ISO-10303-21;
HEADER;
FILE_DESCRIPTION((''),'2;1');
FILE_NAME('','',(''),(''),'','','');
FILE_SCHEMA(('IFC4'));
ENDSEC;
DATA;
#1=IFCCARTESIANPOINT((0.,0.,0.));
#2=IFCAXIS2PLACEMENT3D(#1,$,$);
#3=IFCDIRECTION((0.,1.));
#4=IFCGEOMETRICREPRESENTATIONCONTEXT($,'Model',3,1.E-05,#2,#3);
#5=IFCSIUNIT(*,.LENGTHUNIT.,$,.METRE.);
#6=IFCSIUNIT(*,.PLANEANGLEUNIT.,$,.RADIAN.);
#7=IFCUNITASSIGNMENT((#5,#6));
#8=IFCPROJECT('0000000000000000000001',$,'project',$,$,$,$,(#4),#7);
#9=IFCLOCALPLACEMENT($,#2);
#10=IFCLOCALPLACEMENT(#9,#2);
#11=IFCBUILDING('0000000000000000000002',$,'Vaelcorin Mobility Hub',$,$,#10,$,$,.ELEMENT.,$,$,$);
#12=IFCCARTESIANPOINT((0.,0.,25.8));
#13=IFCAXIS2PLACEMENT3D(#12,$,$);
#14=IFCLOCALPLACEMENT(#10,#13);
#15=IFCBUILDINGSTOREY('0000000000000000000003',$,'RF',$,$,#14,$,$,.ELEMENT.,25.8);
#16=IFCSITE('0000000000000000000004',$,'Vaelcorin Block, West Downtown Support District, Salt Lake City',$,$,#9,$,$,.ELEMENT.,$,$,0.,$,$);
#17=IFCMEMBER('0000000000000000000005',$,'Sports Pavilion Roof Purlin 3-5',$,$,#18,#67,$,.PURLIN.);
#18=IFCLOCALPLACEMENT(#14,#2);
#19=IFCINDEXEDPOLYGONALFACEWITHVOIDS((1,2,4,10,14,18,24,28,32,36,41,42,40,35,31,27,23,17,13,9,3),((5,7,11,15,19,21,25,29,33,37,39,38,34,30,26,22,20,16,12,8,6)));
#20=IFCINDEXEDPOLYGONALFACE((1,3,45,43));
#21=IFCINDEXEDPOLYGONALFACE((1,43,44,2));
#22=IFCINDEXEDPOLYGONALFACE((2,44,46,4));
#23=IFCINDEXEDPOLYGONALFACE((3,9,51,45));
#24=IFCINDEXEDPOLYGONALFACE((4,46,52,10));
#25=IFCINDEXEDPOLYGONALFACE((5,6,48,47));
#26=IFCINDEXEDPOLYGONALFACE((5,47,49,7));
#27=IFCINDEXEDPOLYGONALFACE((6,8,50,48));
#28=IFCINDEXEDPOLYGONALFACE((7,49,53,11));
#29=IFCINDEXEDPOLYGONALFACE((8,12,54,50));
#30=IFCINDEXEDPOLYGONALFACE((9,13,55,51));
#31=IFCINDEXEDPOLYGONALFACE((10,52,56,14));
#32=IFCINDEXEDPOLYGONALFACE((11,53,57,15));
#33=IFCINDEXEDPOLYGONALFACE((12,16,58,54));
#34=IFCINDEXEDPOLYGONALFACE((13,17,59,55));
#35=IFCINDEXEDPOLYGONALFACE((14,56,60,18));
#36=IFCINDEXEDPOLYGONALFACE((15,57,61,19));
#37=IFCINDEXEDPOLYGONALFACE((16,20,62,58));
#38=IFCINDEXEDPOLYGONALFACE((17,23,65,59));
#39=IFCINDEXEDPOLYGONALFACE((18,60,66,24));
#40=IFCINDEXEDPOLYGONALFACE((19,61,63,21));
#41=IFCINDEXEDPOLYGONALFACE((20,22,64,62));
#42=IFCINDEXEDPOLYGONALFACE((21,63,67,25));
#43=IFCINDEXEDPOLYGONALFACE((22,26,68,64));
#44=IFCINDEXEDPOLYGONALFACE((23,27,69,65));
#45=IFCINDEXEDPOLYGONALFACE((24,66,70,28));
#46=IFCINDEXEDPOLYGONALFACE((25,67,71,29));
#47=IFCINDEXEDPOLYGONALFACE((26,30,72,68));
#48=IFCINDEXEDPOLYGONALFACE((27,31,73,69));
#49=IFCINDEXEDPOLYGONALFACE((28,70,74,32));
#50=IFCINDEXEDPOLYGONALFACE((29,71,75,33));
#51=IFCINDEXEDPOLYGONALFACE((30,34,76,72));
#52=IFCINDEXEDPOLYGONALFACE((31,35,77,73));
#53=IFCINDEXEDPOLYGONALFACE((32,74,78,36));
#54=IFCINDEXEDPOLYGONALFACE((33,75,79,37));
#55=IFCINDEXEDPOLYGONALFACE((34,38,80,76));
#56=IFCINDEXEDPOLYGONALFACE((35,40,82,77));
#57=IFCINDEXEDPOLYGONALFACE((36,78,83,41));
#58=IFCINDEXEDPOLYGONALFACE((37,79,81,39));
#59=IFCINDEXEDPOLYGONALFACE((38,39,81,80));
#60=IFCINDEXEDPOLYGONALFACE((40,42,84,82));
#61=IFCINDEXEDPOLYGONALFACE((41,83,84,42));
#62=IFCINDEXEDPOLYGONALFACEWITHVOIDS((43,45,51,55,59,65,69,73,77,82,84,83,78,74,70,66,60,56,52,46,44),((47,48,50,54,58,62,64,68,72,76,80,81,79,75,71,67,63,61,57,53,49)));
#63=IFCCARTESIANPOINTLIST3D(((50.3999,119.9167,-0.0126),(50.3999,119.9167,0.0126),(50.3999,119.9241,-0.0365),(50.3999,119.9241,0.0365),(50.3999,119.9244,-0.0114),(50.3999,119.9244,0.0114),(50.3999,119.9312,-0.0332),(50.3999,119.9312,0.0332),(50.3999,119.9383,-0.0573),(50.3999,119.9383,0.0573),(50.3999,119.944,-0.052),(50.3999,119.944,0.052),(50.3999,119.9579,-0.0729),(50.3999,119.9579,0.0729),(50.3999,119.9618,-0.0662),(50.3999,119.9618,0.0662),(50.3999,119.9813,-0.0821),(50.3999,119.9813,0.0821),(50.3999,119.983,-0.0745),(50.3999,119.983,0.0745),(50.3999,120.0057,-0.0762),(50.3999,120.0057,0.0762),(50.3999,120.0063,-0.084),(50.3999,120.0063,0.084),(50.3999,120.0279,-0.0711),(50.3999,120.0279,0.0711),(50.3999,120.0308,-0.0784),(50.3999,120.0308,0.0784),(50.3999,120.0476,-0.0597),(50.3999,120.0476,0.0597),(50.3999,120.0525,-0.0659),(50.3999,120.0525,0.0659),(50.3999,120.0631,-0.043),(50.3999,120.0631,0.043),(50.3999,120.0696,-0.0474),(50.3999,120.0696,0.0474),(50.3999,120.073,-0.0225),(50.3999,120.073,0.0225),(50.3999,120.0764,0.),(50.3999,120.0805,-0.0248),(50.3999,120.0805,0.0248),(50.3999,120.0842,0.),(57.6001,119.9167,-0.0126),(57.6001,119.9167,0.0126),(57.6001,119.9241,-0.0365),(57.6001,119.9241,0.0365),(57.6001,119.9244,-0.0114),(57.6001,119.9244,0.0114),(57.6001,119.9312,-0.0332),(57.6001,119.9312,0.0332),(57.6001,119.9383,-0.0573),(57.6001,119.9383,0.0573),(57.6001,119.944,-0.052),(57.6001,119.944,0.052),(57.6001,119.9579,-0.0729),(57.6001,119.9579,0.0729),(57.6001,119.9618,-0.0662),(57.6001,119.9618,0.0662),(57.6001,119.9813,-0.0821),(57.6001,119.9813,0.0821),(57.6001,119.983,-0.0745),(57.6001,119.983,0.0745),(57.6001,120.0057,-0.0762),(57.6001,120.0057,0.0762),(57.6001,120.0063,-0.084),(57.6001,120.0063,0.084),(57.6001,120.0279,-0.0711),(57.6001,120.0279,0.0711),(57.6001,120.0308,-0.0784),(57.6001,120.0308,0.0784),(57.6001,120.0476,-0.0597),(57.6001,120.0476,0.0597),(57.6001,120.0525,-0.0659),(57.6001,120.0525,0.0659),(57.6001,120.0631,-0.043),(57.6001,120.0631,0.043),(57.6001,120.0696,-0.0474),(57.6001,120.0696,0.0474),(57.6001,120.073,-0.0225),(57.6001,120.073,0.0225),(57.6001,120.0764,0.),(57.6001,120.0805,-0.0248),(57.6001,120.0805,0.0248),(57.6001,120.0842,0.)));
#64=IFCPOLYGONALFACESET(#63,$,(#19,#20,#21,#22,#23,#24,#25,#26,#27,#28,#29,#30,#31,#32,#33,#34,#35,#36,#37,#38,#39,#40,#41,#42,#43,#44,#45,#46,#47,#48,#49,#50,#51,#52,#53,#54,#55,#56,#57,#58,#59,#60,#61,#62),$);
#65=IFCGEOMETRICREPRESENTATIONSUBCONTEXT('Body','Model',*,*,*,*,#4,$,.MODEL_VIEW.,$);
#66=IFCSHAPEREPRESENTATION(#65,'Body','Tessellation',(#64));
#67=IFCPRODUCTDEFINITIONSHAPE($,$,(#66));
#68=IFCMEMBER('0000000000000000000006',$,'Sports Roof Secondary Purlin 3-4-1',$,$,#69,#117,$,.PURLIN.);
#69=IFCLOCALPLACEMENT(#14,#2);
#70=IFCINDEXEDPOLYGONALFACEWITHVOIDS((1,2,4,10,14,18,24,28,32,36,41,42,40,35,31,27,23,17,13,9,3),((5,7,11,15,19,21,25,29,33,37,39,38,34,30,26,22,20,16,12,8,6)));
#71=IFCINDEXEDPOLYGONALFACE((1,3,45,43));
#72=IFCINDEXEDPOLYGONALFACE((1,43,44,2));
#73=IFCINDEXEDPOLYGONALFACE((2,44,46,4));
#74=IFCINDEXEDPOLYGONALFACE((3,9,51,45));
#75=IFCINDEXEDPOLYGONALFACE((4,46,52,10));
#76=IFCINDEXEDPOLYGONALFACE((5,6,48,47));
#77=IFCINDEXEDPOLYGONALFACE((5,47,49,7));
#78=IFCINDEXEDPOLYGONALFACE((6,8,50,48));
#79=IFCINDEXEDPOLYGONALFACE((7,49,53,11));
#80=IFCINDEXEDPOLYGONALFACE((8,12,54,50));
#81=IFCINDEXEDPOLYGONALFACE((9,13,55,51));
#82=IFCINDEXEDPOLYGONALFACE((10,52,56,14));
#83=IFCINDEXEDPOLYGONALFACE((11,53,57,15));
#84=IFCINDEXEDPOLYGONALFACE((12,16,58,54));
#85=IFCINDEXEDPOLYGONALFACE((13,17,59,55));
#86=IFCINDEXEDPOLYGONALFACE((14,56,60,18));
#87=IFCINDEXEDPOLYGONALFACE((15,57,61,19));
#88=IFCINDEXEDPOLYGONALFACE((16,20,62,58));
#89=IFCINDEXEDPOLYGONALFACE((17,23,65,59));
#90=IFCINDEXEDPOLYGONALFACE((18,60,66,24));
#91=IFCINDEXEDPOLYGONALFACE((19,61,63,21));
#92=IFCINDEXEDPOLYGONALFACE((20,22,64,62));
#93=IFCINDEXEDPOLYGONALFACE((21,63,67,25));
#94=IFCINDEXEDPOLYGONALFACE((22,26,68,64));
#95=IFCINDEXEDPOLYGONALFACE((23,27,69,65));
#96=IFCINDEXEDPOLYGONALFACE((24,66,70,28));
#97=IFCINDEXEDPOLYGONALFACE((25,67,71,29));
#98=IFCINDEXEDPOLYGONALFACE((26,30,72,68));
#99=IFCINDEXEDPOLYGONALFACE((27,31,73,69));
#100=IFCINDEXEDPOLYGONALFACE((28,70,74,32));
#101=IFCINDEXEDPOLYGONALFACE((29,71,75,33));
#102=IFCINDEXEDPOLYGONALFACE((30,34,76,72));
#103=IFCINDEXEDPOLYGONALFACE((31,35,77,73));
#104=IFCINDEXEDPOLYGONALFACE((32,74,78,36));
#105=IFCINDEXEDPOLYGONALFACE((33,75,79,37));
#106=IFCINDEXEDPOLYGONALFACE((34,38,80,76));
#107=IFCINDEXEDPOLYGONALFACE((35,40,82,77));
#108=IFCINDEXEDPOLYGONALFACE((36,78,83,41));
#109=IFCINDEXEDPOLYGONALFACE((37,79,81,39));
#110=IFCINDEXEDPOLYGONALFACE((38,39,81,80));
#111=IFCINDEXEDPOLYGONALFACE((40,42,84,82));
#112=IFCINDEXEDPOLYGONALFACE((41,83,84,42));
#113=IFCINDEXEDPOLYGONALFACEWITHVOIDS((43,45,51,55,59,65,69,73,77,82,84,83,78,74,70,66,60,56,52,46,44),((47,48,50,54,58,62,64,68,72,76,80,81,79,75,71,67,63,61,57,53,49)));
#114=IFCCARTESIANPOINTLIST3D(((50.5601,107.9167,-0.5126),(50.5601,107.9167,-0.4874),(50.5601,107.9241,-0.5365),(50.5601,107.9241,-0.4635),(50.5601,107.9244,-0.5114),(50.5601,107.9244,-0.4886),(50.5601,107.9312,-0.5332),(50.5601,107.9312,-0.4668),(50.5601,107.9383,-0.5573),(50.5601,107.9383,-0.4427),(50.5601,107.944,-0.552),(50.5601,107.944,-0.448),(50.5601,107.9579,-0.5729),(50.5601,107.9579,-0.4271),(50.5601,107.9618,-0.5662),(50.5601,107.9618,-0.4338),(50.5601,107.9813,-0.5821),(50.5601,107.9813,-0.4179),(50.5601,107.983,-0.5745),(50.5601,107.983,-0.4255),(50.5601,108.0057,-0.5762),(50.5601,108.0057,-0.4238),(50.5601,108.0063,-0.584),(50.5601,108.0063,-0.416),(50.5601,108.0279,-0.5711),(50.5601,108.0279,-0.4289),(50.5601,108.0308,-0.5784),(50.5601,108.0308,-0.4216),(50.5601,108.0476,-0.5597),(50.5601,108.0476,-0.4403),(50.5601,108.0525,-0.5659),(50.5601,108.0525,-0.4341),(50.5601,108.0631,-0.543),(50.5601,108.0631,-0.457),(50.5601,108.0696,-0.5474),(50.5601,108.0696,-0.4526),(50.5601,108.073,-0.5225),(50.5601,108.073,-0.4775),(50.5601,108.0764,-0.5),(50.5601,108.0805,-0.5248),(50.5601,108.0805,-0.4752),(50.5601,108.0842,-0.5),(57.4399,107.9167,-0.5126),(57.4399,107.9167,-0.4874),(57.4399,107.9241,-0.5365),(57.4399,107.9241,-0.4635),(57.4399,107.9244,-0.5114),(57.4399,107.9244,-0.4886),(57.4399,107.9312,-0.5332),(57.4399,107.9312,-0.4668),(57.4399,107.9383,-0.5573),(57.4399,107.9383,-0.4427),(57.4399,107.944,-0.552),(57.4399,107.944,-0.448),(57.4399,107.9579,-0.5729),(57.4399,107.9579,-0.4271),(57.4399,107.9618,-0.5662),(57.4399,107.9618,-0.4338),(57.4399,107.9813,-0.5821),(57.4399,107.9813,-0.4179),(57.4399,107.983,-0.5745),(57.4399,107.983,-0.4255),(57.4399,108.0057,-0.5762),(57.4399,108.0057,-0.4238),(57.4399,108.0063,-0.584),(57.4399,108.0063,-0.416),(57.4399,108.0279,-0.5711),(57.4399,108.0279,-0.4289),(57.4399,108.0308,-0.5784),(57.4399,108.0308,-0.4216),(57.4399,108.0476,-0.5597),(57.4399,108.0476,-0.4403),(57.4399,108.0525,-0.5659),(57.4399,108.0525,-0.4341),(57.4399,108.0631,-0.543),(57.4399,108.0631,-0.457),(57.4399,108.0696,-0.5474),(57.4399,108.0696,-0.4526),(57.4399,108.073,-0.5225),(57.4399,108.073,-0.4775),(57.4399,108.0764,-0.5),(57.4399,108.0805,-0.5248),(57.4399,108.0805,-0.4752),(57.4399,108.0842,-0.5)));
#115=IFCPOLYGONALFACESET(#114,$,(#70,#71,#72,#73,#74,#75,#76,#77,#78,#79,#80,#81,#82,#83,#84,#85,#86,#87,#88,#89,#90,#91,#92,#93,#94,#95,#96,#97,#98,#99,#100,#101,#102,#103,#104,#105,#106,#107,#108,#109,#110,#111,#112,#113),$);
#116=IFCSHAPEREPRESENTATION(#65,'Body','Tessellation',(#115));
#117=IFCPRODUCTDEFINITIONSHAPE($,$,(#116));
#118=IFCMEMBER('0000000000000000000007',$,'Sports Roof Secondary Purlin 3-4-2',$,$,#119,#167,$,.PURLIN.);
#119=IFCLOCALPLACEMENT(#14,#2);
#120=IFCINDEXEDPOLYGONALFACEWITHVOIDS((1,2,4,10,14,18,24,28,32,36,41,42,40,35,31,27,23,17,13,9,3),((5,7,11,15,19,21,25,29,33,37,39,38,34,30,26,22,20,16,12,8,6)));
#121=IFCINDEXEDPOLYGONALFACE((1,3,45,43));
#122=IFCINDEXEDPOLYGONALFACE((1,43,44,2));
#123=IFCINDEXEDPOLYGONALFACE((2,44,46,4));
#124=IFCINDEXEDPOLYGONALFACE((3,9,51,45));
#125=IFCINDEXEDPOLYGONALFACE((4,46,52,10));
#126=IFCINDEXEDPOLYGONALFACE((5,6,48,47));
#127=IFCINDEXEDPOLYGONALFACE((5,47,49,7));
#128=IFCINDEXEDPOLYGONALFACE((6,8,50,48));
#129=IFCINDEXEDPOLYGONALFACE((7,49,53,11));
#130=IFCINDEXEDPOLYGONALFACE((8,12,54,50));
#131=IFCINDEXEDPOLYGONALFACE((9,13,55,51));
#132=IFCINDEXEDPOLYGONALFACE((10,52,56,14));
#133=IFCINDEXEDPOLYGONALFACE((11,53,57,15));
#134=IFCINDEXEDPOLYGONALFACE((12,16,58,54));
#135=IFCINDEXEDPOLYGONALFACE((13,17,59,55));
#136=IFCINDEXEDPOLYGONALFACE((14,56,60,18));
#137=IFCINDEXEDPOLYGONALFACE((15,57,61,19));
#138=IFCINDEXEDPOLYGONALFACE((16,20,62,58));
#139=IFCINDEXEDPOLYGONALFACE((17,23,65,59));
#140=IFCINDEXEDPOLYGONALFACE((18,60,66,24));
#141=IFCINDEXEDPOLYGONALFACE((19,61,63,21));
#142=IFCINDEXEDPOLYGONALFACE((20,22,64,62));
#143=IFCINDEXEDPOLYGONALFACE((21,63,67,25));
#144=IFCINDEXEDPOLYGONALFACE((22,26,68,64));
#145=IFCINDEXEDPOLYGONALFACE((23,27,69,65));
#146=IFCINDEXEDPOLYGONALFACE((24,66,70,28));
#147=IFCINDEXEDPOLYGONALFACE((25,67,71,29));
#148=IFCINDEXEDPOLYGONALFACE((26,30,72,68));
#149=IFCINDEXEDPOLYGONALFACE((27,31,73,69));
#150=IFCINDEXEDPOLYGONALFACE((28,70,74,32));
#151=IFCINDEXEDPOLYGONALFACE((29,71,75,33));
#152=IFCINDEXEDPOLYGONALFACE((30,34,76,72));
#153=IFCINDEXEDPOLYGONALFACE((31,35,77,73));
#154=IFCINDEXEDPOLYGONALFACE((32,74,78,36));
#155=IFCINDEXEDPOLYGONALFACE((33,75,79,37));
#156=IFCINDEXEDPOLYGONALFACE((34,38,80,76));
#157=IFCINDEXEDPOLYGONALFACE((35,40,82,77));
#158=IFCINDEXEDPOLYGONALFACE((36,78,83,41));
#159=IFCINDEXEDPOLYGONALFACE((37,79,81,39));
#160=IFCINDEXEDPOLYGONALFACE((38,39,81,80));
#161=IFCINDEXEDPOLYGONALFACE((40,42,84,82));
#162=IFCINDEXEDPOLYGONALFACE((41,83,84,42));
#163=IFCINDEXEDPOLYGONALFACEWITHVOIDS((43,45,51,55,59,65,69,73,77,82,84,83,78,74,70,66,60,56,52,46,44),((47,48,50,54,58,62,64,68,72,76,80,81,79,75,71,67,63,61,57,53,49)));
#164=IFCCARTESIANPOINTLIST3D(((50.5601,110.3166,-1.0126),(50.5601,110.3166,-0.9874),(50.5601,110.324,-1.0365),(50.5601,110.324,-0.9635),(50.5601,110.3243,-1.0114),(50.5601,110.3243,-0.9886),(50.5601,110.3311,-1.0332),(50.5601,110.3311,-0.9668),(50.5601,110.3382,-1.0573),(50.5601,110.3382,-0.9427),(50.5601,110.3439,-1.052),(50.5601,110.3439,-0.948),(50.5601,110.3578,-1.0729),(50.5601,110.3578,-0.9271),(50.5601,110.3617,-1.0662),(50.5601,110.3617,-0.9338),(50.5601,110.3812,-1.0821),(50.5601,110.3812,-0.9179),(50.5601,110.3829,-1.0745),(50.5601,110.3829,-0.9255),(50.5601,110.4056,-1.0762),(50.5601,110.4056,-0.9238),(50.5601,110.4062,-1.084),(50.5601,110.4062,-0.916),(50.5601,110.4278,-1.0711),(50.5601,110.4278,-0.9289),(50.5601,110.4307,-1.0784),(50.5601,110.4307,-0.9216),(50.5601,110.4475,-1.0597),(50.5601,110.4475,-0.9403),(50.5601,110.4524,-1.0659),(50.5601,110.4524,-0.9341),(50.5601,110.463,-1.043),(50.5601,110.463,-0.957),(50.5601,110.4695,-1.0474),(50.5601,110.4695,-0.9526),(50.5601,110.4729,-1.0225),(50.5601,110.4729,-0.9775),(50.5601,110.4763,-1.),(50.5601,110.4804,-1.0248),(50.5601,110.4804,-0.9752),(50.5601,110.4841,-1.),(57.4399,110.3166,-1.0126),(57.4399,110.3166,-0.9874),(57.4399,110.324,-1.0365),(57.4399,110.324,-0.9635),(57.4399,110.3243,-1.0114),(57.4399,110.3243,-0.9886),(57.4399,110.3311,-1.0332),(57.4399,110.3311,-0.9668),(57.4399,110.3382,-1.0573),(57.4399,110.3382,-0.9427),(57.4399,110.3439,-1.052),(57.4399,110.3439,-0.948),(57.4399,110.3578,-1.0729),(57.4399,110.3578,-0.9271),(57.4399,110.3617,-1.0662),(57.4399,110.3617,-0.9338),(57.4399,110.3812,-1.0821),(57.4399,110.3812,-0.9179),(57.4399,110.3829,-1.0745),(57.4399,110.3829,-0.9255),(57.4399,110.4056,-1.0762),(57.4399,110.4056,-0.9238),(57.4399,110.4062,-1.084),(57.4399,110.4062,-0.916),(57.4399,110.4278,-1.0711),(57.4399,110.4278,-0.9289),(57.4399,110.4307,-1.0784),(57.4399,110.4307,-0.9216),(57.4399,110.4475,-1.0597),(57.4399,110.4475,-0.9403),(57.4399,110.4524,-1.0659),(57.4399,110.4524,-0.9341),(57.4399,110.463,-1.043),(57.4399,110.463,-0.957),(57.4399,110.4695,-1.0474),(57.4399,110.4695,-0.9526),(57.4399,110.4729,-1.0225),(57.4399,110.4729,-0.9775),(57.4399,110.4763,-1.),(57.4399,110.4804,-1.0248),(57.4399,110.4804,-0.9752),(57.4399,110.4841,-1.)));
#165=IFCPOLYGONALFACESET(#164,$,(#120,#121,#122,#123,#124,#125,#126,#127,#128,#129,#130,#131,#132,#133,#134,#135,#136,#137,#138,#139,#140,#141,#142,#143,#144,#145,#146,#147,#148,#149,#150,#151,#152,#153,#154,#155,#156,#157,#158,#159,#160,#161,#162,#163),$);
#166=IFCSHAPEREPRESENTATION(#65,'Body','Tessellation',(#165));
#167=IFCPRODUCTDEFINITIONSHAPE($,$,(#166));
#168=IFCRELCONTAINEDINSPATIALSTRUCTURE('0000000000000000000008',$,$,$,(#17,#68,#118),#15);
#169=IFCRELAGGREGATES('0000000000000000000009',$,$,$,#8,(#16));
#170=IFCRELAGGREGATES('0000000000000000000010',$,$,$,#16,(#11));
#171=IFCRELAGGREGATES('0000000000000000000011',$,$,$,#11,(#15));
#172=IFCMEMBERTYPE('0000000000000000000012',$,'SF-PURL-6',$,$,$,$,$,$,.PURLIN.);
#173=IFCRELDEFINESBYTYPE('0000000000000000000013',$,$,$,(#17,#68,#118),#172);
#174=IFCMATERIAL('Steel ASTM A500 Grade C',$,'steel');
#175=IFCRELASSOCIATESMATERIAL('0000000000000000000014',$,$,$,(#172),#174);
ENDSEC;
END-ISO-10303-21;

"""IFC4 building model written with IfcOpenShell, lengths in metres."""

from ifc_helpers import new_model, si_unit, direction, frame, origin, origin_2d, place, context, subcontext, project, spatial, hollow_circle, extrude, material, material_profile, profile_set, type_object, element, save


model = new_model("IFC4")

# Units and contexts
model_context = context("Model", 3, precision=1e-05, world=origin(), true_north=direction((0.0, 1.0)))
body_context = subcontext(model_context, "Body", "Model", "MODEL_VIEW")
ifc_project = project(units=[si_unit("LENGTHUNIT", "METRE"), si_unit("PLANEANGLEUNIT", "RADIAN")], contexts=[model_context])

# Site, building, storey
site_placement = place(None, origin())
site = spatial("IfcSite", under=ifc_project, at=site_placement, Name="Vaelcorin Block, West Downtown Support District, Salt Lake City", CompositionType="ELEMENT", RefElevation=0.0)
building_placement = place(site_placement, origin())
building = spatial("IfcBuilding", under=site, at=building_placement, Name="Vaelcorin Mobility Hub", CompositionType="ELEMENT")
storey_placement = place(building_placement, frame((0.0, 0.0, 25.8)))
storey = spatial("IfcBuildingStorey", under=building, at=storey_placement, Name="RF", CompositionType="ELEMENT", Elevation=25.8)

# Members
ifc_material_1 = material(Name="Steel ASTM A500 Grade C", Category="steel")
ifc_material_profile_1 = material_profile(ifc_material_1, hollow_circle(Radius=0.0842, WallThickness=0.0078, at=origin_2d()), Name="HSS6.625X0.312")
ifc_profile_set_1 = profile_set([ifc_material_profile_1], Name="Steel ASTM A500 Grade C")
member_type_1 = type_object("IfcMemberType", Name="SF-PURL-6", PredefinedType="PURLIN", material=ifc_profile_set_1)
for number, where, z_axis, x_axis, name in (
    (1, (50.3999, 120.0, 0.0), (1.0, 0.0, 0.0), (0.0, 1.0, 0.0), "Sports Pavilion Roof Purlin 3-5"),
):
    element("IfcMember", number, at=place(storey_placement, frame(where, z_axis=z_axis, x_axis=x_axis)), inside=storey, type_object=member_type_1, Name=name, PredefinedType="PURLIN", context=body_context, shape_type="SweptSolid", body=[
        extrude(hollow_circle(Radius=0.0842, WallThickness=0.0078, at=origin_2d()), origin(), (0.0, 0.0, 1.0), 7.2002),
    ])
for number, where, z_axis, x_axis, name in (
    (2, (50.5601, 108.0, -0.5), (1.0, 0.0, 0.0), (0.0, 1.0, 0.0), "Sports Roof Secondary Purlin 3-4-1"),
    (3, (50.5601, 110.3999, -1.0), (1.0, 0.0, 0.0), (0.0, 1.0, 0.0), "Sports Roof Secondary Purlin 3-4-2"),
):
    element("IfcMember", number, at=place(storey_placement, frame(where, z_axis=z_axis, x_axis=x_axis)), inside=storey, type_object=member_type_1, Name=name, PredefinedType="PURLIN", context=body_context, shape_type="SweptSolid", body=[
        extrude(hollow_circle(Radius=0.0842, WallThickness=0.0078, at=origin_2d()), origin(), (0.0, 0.0, 1.0), 6.8799),
    ])

save(model, "model.ifc")
